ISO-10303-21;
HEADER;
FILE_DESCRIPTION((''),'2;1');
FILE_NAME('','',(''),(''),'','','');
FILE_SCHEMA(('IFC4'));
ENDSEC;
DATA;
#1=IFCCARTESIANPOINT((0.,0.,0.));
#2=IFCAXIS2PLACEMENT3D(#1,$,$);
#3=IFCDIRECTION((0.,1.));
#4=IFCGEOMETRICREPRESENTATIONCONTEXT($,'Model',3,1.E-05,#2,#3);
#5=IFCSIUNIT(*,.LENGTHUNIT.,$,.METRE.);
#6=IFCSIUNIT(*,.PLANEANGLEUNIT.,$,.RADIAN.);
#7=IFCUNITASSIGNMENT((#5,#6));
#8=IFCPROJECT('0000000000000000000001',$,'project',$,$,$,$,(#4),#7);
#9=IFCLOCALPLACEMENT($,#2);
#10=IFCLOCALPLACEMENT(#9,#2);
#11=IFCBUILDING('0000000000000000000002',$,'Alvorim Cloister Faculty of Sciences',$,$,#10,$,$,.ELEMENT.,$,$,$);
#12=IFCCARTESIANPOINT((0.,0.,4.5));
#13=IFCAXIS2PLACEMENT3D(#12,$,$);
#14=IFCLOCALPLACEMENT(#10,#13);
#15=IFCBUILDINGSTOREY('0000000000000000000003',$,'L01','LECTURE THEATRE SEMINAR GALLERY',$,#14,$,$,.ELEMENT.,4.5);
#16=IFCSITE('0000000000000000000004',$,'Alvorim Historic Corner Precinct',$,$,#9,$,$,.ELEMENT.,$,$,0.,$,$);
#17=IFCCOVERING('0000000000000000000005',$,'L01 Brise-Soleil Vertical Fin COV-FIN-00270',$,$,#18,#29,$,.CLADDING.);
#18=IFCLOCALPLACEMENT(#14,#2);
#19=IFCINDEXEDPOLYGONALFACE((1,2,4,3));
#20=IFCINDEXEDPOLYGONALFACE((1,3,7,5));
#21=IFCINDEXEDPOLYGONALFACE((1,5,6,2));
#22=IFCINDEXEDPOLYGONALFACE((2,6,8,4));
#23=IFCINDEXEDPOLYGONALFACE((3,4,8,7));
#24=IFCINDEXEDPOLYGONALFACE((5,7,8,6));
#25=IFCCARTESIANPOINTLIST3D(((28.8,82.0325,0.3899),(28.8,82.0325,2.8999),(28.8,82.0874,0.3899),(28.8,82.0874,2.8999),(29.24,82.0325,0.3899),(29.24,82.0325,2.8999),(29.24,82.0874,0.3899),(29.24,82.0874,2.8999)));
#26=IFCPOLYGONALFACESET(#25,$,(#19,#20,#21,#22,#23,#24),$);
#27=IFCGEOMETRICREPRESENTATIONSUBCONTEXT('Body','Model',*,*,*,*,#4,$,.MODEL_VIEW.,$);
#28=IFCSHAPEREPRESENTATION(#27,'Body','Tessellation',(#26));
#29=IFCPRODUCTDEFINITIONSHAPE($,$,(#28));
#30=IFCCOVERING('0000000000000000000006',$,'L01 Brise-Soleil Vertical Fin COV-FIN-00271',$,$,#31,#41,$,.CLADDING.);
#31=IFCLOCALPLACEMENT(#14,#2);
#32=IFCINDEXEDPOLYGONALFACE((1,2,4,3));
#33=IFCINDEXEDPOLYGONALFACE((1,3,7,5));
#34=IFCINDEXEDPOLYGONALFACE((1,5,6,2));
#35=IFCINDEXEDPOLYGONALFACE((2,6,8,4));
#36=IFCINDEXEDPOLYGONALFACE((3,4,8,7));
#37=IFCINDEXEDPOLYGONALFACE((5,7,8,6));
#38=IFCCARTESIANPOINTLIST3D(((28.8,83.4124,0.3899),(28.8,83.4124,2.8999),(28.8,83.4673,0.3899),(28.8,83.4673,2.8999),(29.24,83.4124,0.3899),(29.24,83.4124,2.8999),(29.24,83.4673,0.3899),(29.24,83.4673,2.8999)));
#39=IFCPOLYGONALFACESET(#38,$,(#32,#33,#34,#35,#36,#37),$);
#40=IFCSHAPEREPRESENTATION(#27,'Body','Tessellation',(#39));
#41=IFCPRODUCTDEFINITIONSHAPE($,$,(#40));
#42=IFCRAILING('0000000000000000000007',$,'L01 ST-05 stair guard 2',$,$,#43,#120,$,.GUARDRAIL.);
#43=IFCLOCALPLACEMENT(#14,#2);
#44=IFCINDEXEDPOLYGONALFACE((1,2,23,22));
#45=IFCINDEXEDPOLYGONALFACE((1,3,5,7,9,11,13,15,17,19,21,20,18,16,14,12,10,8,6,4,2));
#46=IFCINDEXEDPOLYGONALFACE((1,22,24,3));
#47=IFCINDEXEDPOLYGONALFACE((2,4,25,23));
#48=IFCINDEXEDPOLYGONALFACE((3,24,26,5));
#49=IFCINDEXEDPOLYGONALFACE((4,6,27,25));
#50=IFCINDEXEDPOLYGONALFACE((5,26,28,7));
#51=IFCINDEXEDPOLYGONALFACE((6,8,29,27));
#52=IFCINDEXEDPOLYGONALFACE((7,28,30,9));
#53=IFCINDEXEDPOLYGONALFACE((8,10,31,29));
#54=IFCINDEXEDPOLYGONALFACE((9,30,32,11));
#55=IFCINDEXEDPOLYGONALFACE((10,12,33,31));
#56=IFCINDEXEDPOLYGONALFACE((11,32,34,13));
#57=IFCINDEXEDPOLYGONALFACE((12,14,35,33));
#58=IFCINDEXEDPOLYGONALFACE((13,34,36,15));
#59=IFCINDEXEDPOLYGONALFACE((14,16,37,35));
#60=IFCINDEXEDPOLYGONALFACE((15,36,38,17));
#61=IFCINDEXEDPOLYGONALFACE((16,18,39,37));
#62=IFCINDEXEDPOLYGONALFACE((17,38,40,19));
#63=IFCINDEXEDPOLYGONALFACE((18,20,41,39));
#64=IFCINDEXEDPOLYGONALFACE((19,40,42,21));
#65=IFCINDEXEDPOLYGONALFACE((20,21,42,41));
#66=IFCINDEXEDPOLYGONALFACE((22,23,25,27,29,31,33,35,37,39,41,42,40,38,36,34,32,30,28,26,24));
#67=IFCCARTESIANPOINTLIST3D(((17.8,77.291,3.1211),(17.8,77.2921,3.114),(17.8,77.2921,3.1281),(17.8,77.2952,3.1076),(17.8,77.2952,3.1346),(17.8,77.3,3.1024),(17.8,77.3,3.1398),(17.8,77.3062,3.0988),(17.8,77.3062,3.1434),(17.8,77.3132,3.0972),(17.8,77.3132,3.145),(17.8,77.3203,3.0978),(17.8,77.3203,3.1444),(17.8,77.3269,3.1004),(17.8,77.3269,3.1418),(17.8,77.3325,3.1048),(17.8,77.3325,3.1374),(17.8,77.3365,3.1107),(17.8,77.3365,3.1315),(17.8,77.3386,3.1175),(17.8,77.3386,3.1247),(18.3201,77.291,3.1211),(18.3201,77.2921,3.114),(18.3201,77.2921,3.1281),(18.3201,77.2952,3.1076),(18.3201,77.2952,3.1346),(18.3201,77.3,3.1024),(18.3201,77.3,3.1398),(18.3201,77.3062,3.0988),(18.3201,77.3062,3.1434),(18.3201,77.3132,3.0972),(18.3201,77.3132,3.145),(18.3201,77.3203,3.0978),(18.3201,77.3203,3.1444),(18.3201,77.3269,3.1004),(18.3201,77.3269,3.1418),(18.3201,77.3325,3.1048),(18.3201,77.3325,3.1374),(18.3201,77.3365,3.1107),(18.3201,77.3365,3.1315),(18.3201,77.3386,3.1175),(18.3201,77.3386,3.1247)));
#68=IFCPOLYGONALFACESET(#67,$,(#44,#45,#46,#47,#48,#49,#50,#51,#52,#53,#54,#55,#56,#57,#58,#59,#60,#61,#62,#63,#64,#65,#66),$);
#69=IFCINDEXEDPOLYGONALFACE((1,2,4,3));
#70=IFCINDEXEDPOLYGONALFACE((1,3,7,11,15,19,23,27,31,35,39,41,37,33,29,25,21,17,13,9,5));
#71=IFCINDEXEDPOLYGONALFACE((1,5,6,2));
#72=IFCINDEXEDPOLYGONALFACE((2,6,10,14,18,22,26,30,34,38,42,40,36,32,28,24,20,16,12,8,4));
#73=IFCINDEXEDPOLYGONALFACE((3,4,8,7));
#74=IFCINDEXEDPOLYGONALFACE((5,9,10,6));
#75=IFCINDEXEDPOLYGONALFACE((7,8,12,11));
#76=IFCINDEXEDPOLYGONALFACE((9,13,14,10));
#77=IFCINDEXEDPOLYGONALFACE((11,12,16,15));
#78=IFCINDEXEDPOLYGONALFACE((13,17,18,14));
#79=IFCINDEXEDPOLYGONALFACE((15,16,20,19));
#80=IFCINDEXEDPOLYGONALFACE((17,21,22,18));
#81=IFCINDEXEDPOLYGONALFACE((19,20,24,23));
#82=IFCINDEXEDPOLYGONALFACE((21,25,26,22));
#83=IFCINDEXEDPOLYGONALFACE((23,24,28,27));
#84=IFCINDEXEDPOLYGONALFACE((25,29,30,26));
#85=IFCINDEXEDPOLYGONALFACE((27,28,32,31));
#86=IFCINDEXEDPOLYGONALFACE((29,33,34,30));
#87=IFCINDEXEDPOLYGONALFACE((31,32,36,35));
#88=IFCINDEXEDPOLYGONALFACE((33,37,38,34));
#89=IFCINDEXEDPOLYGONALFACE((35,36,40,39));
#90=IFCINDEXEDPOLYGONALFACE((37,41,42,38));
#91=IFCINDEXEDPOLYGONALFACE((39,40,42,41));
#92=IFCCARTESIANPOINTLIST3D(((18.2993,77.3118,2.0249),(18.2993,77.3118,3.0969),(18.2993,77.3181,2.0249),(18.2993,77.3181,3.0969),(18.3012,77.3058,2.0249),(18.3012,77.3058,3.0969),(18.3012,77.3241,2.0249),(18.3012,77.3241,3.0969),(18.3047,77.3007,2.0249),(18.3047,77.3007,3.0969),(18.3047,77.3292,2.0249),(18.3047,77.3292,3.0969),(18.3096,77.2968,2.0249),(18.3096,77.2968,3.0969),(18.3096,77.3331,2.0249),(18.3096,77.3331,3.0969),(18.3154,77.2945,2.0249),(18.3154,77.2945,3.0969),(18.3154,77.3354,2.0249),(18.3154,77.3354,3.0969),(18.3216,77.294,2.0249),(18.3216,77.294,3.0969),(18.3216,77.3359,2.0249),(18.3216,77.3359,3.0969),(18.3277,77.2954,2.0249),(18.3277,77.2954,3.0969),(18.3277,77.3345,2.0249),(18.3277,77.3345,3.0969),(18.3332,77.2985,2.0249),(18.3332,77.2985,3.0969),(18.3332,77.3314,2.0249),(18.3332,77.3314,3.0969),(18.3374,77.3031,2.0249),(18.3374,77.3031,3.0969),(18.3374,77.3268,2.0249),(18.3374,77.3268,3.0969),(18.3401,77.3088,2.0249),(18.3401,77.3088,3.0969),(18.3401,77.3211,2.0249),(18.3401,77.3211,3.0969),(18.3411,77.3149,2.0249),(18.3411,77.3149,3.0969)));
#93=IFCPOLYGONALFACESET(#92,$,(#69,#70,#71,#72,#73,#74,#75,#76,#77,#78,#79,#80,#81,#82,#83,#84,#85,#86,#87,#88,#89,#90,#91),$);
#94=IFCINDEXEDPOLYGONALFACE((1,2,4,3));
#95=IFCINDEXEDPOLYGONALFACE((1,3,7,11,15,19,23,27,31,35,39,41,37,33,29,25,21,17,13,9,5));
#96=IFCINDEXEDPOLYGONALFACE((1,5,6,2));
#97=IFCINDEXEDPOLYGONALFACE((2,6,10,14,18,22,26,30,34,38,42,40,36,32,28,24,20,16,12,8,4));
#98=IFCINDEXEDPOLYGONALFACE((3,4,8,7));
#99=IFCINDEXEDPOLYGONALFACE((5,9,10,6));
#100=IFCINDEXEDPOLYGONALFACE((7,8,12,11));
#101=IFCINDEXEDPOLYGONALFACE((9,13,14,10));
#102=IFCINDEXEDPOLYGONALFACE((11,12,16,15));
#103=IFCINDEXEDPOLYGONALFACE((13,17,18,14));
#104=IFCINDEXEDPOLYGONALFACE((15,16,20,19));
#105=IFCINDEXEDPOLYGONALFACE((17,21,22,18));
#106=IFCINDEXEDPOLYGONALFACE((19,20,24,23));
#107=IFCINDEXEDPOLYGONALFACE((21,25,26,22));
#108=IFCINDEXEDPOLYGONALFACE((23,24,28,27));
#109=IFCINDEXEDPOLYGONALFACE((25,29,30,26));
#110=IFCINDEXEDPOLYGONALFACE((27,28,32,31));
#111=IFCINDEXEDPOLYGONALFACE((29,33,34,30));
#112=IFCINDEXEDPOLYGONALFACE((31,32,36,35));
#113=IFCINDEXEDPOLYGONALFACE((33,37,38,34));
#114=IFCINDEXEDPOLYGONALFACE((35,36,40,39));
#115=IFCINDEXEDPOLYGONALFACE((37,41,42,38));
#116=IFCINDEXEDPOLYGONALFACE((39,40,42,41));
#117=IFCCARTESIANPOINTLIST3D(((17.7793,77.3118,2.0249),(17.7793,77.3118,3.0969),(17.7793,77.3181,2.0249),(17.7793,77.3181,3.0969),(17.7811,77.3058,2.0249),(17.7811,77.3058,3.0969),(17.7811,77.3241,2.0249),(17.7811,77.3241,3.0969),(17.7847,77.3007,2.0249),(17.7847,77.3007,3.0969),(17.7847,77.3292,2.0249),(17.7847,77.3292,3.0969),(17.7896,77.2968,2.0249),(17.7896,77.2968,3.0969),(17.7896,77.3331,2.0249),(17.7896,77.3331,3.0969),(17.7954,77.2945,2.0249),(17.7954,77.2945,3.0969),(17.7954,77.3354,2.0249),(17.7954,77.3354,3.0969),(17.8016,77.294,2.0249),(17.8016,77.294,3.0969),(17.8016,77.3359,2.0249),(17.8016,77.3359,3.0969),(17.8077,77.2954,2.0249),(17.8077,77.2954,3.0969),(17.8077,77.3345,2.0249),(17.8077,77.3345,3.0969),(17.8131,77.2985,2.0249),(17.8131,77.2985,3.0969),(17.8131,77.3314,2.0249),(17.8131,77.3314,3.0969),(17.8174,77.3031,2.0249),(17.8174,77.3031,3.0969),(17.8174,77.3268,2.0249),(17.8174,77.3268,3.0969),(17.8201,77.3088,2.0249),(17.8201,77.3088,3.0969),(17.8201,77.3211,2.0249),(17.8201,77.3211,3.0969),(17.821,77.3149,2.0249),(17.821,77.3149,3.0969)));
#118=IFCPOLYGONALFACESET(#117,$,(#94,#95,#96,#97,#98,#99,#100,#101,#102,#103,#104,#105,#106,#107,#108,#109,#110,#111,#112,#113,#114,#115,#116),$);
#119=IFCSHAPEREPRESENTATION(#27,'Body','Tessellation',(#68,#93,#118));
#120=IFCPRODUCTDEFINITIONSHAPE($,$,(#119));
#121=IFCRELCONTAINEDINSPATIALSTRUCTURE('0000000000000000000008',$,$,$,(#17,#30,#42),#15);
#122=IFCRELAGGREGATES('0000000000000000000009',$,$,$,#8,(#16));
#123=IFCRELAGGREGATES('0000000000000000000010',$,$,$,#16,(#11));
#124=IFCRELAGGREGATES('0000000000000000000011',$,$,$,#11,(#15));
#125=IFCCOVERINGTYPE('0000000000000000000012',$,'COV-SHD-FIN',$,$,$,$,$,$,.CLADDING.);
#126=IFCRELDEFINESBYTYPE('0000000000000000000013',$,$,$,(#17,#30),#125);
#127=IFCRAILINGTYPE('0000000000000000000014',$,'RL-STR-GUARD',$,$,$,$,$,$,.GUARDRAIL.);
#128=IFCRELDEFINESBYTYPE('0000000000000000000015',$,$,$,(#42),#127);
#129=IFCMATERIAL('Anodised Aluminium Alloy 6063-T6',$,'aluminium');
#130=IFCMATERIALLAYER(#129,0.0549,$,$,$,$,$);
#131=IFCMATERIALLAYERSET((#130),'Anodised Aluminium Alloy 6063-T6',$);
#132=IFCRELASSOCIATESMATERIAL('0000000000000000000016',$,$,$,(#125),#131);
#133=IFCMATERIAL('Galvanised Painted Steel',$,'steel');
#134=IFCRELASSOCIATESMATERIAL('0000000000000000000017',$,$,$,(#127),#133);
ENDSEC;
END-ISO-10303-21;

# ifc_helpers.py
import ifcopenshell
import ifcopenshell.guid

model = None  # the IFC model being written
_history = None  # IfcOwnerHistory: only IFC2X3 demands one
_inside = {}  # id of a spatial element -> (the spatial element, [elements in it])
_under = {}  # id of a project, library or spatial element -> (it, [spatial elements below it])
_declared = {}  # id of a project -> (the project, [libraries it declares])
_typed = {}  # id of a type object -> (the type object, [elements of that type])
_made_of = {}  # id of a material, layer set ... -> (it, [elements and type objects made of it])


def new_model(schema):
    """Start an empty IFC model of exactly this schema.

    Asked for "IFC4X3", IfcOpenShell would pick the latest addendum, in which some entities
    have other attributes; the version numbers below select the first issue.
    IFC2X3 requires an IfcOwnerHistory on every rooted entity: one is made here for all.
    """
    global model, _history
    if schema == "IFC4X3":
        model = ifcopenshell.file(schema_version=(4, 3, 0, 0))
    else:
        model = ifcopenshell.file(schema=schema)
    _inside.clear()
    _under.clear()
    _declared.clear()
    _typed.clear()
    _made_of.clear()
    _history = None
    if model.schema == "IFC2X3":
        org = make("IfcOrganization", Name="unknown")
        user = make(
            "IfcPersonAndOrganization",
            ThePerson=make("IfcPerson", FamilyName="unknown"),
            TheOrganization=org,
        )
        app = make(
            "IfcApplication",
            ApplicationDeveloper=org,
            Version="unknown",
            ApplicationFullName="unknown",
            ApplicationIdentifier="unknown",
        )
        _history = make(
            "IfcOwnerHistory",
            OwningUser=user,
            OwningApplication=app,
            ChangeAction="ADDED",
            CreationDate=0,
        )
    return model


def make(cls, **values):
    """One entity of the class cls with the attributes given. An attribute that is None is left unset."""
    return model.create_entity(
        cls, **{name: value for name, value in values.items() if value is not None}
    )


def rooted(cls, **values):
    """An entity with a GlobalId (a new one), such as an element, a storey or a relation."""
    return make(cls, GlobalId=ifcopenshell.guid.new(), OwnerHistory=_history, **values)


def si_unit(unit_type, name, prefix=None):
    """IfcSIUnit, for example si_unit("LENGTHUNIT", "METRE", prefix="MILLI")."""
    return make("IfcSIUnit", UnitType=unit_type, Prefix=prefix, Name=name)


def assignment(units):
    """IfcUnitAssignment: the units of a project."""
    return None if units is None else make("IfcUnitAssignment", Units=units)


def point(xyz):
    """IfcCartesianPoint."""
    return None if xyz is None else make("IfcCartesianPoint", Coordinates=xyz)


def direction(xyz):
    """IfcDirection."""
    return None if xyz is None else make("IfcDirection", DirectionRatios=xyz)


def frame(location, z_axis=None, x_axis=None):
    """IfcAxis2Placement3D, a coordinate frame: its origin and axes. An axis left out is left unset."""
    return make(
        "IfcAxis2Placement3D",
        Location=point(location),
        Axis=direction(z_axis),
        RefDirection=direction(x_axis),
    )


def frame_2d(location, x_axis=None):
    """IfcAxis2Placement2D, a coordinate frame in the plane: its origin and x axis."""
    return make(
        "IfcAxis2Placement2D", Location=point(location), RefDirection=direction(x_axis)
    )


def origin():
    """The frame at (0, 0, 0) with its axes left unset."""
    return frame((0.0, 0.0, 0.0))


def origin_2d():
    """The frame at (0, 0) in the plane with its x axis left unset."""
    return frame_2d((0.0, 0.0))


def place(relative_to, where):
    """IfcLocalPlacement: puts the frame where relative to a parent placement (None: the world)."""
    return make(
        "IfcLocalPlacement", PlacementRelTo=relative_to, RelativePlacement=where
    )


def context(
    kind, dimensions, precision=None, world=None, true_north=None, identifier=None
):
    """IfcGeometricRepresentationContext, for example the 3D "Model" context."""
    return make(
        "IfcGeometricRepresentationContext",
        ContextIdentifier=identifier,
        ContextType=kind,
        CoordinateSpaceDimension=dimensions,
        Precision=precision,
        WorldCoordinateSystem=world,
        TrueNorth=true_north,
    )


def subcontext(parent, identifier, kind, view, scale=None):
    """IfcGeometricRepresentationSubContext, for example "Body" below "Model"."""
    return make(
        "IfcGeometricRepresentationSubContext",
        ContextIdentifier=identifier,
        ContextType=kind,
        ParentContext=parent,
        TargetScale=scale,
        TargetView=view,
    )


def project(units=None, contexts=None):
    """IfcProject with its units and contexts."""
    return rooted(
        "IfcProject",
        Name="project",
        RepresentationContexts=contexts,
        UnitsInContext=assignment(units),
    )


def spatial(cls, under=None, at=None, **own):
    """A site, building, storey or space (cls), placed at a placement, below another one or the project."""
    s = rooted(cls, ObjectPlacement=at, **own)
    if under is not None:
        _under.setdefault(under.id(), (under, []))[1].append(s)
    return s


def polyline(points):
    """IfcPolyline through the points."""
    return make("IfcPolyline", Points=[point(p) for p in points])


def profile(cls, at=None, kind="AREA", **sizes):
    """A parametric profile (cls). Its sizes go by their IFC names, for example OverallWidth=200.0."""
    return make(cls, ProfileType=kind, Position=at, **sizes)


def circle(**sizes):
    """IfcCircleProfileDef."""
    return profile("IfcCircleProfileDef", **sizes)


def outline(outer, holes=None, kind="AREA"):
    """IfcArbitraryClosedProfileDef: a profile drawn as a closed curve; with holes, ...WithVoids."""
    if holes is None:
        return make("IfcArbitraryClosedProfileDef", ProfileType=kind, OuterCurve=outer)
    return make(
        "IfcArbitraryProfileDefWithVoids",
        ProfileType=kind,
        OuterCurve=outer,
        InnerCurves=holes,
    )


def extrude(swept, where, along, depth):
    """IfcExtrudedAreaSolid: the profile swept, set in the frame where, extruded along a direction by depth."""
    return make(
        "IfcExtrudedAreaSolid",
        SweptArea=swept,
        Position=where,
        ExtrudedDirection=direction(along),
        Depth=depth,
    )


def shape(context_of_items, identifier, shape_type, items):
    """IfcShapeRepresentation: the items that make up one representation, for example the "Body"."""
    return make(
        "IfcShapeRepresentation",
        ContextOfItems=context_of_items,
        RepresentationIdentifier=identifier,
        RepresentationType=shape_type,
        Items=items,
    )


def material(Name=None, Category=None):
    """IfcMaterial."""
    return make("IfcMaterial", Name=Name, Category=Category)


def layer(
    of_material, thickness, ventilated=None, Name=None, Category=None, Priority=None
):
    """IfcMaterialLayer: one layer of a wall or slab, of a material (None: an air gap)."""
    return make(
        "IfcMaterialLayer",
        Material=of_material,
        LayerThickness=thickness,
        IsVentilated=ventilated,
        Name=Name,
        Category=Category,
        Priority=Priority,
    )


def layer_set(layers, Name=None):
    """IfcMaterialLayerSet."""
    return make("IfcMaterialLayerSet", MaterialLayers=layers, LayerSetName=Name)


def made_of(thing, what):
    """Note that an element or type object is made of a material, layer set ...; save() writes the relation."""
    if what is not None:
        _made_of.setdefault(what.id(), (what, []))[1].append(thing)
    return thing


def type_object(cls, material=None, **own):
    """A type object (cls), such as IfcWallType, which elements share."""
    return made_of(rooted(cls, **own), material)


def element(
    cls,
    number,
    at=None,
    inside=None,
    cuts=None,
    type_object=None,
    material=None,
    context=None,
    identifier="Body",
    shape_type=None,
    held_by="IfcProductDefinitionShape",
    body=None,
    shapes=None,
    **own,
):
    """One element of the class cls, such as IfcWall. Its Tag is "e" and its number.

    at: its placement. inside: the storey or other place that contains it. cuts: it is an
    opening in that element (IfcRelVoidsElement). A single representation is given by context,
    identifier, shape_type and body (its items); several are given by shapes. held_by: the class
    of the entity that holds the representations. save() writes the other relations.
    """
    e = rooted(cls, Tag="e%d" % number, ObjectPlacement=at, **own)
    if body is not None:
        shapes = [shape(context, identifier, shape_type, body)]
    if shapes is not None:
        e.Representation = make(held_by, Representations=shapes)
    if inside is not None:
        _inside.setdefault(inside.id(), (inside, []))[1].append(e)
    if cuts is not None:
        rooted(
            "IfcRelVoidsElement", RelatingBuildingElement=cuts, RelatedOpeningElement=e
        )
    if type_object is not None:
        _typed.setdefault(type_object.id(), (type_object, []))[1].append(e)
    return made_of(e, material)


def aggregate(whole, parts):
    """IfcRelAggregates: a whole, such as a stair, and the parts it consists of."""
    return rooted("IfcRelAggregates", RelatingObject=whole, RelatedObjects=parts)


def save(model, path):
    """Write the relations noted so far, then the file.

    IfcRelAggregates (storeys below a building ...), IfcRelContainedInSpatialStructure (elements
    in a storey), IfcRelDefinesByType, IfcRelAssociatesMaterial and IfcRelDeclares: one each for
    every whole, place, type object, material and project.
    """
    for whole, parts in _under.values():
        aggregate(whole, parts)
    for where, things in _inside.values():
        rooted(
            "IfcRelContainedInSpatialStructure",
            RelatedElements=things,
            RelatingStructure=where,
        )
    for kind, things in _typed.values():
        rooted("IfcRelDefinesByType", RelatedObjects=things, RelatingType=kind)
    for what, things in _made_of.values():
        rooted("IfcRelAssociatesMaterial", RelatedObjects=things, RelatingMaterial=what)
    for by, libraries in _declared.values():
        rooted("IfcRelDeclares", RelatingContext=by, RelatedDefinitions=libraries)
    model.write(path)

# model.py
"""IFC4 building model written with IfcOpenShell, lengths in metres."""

from ifc_helpers import new_model, si_unit, direction, frame, origin, origin_2d, place, context, subcontext, project, spatial, polyline, circle, outline, extrude, material, layer, layer_set, type_object, element, save


model = new_model("IFC4")

# Units and contexts
model_context = context("Model", 3, precision=1e-05, world=origin(), true_north=direction((0.0, 1.0)))
body_context = subcontext(model_context, "Body", "Model", "MODEL_VIEW")
ifc_project = project(units=[si_unit("LENGTHUNIT", "METRE"), si_unit("PLANEANGLEUNIT", "RADIAN")], contexts=[model_context])

# Site, building, storey
site_placement = place(None, origin())
site = spatial("IfcSite", under=ifc_project, at=site_placement, Name="Alvorim Historic Corner Precinct", CompositionType="ELEMENT", RefElevation=0.0)
building_placement = place(site_placement, origin())
building = spatial("IfcBuilding", under=site, at=building_placement, Name="Alvorim Cloister Faculty of Sciences", CompositionType="ELEMENT")
storey_placement = place(building_placement, frame((0.0, 0.0, 4.5)))
storey = spatial("IfcBuildingStorey", under=building, at=storey_placement, Name="L01", Description="LECTURE THEATRE SEMINAR GALLERY", CompositionType="ELEMENT", Elevation=4.5)

# Coverings
ifc_material_1 = material(Name="Anodised Aluminium Alloy 6063-T6", Category="aluminium")
ifc_layer_1 = layer(ifc_material_1, 0.0549)
ifc_layer_set_1 = layer_set([ifc_layer_1], Name="Anodised Aluminium Alloy 6063-T6")
covering_type = type_object("IfcCoveringType", Name="COV-SHD-FIN", PredefinedType="CLADDING", material=ifc_layer_set_1)
for number, where, z_axis, x_axis, name in (
    (1, (28.8, 82.0601, 0.3899), (0.0, 0.0, 1.0), (1.0, 0.0, 0.0), "L01 Brise-Soleil Vertical Fin COV-FIN-00270"),
    (2, (28.8, 83.4399, 0.3899), (0.0, 0.0, 1.0), (1.0, 0.0, 0.0), "L01 Brise-Soleil Vertical Fin COV-FIN-00271"),
):
    element("IfcCovering", number, at=place(storey_placement, frame(where, z_axis=z_axis, x_axis=x_axis)), inside=storey, type_object=covering_type, Name=name, PredefinedType="CLADDING", context=body_context, shape_type="SweptSolid", body=[
        extrude(outline(polyline([(0.0, 0.0), (0.4399, 0.0), (0.4399, 2.51), (0.0, 2.51), (0.0, 0.0)])), frame((0.0, 0.0273, 0.0), z_axis=(0.0, -1.0, 0.0), x_axis=(1.0, 0.0, 0.0)), (0.0, 0.0, 1.0), 0.0549),
    ])

# Railing
ifc_material_2 = material(Name="Galvanised Painted Steel", Category="steel")
railing_type = type_object("IfcRailingType", Name="RL-STR-GUARD", PredefinedType="GUARDRAIL", material=ifc_material_2)
railing_1_placement = place(storey_placement, frame((18.3201, 77.3149, 2.0249)))
element("IfcRailing", 3, at=railing_1_placement, inside=storey, type_object=railing_type, Name="L01 ST-05 stair guard 2", PredefinedType="GUARDRAIL", context=body_context, shape_type="SweptSolid", body=[
    extrude(circle(Radius=0.0239, at=origin_2d()), frame((0.0, 0.0, 1.0962), z_axis=(-1.0, 0.0, 0.0), x_axis=(0.0, -1.0, 0.0)), (0.0, 0.0, 1.0), 0.52),
    extrude(circle(Radius=0.021, at=origin_2d()), origin(), (0.0, 0.0, 1.0), 1.072),
    extrude(circle(Radius=0.021, at=origin_2d()), frame((-0.52, 0.0, 0.0)), (0.0, 0.0, 1.0), 1.072),
])

save(model, "model.ifc")
